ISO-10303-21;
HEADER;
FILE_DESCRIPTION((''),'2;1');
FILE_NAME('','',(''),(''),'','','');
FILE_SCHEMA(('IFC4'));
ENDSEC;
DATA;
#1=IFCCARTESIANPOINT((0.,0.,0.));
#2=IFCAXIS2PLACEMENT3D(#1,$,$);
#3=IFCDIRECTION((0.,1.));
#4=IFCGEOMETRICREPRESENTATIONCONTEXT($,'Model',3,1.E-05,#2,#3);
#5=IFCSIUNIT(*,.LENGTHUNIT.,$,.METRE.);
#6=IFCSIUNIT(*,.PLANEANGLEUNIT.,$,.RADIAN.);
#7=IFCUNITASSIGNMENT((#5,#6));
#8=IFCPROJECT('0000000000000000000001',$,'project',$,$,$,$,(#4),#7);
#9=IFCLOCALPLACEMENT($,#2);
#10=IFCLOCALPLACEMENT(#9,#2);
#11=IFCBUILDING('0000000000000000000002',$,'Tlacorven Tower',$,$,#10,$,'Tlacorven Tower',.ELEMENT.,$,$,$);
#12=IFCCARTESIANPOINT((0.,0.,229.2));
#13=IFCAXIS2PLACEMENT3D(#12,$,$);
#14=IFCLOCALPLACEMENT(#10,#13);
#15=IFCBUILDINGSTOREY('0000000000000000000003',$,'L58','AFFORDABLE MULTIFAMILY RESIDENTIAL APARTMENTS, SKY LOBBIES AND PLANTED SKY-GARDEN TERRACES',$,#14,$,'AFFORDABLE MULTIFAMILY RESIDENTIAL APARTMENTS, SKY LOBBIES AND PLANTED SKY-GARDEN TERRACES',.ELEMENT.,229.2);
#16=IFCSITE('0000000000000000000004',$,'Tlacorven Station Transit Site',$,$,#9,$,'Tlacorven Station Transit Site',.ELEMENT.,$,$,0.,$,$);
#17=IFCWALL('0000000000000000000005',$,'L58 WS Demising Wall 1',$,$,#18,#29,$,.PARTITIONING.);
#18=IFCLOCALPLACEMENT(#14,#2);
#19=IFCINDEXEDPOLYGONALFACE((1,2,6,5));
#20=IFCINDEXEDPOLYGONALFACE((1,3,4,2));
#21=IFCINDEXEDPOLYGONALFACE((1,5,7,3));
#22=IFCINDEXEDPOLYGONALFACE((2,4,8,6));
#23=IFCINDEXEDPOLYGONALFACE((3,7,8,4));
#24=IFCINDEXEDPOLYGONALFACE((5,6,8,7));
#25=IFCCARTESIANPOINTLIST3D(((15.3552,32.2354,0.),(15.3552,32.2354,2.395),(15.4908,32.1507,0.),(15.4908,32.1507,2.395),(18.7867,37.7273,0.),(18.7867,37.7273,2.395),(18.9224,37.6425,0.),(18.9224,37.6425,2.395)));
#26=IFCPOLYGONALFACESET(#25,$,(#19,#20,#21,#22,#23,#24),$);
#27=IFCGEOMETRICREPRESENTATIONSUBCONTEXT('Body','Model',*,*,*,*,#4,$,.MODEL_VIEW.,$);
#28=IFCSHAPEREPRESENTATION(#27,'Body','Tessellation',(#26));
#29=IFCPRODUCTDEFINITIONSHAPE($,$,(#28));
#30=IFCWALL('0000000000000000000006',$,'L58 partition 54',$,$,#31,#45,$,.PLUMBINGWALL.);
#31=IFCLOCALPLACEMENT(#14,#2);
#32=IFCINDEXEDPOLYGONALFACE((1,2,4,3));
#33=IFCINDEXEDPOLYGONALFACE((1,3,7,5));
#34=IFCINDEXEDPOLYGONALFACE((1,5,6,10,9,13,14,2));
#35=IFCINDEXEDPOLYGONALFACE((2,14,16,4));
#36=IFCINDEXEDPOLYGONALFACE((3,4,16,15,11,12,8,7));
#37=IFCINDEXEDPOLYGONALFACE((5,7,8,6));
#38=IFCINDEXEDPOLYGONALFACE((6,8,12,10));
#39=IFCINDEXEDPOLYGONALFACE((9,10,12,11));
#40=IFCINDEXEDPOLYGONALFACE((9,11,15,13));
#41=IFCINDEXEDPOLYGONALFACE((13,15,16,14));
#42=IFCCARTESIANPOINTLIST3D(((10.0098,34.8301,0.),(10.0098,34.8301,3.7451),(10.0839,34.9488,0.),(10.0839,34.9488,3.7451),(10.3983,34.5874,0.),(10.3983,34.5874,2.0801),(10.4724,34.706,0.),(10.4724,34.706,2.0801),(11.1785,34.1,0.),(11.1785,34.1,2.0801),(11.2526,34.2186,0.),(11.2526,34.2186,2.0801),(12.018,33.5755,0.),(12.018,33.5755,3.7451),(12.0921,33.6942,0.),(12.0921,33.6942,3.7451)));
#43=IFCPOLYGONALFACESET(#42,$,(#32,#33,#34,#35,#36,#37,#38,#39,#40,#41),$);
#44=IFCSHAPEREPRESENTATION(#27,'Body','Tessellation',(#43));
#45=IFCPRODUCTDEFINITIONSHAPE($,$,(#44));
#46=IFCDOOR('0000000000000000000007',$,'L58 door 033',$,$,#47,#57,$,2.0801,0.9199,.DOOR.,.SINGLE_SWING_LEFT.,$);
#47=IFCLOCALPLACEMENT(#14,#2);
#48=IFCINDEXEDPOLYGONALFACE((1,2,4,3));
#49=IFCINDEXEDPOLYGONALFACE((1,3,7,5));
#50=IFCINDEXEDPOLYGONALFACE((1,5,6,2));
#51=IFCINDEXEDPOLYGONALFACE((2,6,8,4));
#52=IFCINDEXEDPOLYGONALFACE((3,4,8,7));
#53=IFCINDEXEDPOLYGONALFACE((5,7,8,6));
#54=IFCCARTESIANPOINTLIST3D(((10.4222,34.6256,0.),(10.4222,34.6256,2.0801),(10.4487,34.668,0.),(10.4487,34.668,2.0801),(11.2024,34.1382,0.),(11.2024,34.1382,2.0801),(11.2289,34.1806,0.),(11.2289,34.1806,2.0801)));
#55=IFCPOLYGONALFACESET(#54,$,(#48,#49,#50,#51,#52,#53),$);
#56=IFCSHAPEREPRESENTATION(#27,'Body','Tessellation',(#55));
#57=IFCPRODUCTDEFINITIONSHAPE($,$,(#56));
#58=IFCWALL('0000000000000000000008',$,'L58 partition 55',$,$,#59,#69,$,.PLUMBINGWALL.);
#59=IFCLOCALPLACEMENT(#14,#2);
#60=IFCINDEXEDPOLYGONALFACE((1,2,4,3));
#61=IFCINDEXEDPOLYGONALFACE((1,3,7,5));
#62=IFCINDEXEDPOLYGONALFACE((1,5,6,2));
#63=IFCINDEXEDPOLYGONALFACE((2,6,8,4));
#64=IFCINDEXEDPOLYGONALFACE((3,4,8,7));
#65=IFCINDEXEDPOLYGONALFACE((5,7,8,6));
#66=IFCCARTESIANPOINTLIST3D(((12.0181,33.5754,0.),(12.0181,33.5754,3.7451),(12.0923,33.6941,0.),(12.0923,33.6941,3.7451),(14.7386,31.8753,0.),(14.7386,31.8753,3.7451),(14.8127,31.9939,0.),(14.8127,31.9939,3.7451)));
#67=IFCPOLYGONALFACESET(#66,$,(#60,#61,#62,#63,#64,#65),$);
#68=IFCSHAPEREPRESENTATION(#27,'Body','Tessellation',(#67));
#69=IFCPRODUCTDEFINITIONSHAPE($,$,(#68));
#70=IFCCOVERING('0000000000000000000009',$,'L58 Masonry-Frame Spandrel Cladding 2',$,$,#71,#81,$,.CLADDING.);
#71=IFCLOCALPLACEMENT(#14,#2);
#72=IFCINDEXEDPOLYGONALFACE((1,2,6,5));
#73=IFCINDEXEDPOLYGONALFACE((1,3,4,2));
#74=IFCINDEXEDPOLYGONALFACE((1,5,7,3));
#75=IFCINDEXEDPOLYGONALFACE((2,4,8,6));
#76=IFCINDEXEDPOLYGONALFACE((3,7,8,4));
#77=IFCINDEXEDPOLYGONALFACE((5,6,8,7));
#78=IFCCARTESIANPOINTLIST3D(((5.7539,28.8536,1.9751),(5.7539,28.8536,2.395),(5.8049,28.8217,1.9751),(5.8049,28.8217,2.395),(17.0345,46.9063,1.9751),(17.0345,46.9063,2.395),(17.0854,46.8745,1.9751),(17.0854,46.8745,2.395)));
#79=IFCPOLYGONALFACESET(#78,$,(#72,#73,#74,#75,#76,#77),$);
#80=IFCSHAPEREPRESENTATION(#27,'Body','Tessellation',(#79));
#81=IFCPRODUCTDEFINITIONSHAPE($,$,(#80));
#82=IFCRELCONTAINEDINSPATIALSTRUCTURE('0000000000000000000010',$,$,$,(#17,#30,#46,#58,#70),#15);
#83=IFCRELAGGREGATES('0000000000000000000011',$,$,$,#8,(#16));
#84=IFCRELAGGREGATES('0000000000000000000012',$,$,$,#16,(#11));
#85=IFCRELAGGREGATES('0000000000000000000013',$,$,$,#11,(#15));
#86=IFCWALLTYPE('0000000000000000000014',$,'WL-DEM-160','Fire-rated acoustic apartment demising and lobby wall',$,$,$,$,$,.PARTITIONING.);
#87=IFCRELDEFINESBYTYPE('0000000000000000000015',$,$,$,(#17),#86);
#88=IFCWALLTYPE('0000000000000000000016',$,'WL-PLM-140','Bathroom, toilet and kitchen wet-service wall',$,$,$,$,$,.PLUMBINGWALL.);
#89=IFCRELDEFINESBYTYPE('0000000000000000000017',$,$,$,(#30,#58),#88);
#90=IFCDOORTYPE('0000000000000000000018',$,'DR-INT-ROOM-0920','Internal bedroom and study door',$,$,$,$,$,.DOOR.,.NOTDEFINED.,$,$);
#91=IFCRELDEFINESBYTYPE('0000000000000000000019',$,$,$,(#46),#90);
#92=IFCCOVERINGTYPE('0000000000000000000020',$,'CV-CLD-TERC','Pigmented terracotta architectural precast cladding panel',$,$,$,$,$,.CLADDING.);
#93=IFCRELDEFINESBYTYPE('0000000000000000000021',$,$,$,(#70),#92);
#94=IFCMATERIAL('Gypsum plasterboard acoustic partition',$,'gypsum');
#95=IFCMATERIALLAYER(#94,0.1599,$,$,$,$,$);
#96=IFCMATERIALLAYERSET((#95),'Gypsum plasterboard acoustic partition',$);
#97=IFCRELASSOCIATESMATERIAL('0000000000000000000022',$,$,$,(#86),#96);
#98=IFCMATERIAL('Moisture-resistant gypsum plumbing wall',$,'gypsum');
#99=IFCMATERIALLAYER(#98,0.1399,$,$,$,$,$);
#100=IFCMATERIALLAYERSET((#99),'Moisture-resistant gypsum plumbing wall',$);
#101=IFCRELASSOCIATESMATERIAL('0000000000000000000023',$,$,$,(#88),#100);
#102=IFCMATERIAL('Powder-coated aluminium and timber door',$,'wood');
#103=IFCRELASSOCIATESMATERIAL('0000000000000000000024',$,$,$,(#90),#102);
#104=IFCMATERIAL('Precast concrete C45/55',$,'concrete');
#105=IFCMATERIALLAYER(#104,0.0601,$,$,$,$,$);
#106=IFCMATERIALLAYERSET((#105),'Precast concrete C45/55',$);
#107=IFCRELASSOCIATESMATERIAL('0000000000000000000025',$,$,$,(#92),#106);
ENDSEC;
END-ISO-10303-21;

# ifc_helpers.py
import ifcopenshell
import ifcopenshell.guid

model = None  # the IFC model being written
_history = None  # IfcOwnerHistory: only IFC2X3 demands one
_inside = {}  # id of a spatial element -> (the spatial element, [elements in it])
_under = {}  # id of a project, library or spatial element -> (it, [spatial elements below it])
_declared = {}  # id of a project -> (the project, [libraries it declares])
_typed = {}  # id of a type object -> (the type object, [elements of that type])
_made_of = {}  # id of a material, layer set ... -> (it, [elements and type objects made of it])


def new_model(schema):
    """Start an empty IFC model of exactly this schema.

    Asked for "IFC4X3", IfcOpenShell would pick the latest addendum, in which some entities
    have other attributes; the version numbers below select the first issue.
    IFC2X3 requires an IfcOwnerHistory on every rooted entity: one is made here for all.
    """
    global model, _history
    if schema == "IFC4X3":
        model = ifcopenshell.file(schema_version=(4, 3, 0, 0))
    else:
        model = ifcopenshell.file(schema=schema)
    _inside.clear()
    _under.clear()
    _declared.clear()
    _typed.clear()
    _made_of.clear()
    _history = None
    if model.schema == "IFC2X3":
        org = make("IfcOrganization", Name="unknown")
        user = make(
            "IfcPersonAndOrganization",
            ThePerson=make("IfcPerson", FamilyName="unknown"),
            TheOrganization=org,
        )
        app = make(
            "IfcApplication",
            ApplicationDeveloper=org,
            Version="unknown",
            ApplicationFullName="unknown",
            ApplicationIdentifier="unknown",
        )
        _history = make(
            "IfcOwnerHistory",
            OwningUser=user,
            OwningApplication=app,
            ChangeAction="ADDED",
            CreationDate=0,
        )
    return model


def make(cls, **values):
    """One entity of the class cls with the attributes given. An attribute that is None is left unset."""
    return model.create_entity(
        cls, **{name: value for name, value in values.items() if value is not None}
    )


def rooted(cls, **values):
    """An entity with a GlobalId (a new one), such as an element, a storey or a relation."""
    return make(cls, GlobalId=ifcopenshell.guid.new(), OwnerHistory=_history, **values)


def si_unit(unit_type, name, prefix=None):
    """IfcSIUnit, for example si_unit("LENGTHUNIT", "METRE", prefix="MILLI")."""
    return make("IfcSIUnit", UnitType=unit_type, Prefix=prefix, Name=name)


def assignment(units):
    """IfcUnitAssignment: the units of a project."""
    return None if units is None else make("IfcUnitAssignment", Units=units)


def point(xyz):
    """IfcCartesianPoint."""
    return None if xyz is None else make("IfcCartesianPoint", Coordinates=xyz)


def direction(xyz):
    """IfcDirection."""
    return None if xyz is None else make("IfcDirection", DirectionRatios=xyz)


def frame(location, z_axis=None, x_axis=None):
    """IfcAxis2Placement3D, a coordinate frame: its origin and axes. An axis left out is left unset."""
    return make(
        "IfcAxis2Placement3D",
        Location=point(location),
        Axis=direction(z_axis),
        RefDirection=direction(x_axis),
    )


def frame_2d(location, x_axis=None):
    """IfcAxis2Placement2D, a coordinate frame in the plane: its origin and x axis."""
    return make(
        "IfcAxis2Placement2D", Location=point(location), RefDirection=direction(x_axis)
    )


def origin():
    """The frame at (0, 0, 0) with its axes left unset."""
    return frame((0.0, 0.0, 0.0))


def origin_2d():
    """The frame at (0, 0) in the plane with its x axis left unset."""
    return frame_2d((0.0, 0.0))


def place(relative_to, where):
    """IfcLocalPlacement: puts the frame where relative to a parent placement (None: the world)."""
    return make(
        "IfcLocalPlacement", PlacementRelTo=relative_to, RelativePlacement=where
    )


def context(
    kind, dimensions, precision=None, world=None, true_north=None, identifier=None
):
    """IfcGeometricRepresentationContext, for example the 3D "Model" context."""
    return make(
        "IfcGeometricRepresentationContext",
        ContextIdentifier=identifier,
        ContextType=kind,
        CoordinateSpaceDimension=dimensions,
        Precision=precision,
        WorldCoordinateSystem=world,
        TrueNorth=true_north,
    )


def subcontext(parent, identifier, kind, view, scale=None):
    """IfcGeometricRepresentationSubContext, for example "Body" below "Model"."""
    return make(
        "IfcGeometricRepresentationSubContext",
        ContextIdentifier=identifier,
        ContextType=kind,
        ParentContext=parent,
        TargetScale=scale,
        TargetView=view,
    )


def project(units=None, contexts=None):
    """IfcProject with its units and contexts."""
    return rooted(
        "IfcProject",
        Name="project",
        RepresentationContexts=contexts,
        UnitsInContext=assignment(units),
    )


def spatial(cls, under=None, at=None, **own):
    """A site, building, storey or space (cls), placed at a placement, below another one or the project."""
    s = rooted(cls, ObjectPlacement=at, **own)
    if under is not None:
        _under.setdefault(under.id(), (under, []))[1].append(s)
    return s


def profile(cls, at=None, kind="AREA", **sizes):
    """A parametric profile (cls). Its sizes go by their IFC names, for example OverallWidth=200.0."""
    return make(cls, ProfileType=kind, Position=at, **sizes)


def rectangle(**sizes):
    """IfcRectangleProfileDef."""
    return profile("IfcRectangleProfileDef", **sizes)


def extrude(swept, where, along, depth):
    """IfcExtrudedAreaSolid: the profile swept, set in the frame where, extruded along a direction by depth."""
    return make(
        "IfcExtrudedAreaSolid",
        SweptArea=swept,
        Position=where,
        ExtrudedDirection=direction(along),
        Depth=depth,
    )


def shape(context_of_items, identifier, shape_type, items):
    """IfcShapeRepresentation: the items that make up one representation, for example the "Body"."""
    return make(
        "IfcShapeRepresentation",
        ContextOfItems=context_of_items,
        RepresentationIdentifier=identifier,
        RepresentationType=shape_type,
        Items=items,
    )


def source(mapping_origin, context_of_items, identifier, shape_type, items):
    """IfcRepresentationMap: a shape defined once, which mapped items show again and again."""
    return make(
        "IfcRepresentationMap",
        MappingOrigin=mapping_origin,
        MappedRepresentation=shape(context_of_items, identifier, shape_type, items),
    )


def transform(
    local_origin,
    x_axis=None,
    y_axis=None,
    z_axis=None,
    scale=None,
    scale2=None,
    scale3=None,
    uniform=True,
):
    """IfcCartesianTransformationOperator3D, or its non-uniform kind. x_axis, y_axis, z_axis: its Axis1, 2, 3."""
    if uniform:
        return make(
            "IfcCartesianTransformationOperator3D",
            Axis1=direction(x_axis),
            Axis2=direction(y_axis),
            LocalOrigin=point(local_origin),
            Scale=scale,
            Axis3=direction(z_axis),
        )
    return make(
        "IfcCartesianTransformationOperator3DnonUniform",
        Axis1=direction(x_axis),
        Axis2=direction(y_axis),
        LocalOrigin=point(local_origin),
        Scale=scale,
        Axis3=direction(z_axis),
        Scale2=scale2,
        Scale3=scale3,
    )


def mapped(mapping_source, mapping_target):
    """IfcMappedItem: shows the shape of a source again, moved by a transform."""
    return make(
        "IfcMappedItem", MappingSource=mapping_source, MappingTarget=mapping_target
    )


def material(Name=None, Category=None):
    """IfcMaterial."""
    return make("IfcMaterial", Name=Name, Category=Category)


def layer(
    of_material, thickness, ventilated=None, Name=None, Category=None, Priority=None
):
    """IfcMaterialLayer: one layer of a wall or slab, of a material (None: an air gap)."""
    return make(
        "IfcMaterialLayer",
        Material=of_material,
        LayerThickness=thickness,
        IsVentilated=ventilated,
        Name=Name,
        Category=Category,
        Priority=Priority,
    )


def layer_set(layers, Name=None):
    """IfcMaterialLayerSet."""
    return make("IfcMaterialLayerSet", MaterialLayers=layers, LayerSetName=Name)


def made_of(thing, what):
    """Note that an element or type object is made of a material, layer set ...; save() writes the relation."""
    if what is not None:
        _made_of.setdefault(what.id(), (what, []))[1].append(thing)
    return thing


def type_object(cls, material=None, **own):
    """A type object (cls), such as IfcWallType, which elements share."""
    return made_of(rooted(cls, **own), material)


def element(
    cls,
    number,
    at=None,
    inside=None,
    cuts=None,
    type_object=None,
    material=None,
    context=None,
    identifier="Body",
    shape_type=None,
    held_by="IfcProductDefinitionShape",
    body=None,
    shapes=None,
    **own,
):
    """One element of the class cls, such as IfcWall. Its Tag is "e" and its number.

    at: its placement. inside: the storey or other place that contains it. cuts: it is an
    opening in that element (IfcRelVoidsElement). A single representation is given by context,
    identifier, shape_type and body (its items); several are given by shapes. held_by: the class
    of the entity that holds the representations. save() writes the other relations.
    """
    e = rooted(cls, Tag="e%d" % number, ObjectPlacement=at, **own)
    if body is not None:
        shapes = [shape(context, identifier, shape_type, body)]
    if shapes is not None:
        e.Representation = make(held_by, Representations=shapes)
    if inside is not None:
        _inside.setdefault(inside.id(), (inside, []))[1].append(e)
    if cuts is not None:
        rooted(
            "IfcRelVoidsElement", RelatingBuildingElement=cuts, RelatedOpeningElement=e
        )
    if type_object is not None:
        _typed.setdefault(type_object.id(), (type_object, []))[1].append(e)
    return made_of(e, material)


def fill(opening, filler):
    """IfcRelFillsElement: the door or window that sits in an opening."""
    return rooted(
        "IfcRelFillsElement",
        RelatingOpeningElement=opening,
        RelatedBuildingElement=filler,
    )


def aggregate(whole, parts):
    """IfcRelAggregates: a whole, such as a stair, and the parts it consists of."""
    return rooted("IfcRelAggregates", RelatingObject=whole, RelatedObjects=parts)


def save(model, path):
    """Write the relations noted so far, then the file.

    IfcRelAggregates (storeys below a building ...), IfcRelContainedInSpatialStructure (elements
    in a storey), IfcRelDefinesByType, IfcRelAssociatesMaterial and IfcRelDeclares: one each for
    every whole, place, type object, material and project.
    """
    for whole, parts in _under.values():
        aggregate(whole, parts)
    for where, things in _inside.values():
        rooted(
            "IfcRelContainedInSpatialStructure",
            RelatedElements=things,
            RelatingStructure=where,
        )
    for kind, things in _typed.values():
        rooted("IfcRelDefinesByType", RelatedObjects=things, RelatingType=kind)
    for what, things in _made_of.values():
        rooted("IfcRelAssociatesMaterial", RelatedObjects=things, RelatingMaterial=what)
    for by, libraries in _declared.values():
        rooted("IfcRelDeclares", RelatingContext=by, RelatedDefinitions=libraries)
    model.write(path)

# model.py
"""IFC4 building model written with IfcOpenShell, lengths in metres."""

from ifc_helpers import new_model, si_unit, direction, frame, frame_2d, origin, origin_2d, place, context, subcontext, project, spatial, rectangle, extrude, source, transform, mapped, material, layer, layer_set, type_object, element, fill, save


model = new_model("IFC4")

# Units and contexts
model_context = context("Model", 3, precision=1e-05, world=origin(), true_north=direction((0.0, 1.0)))
body_context = subcontext(model_context, "Body", "Model", "MODEL_VIEW")
ifc_project = project(units=[si_unit("LENGTHUNIT", "METRE"), si_unit("PLANEANGLEUNIT", "RADIAN")], contexts=[model_context])

# Site, building, storey
site_placement = place(None, origin())
site = spatial("IfcSite", under=ifc_project, at=site_placement, Name="Tlacorven Station Transit Site", LongName="Tlacorven Station Transit Site", CompositionType="ELEMENT", RefElevation=0.0)
building_placement = place(site_placement, origin())
building = spatial("IfcBuilding", under=site, at=building_placement, Name="Tlacorven Tower", LongName="Tlacorven Tower", CompositionType="ELEMENT")
storey_placement = place(building_placement, frame((0.0, 0.0, 229.2)))
storey = spatial("IfcBuildingStorey", under=building, at=storey_placement, Name="L58", Description="AFFORDABLE MULTIFAMILY RESIDENTIAL APARTMENTS, SKY LOBBIES AND PLANTED SKY-GARDEN TERRACES", LongName="AFFORDABLE MULTIFAMILY RESIDENTIAL APARTMENTS, SKY LOBBIES AND PLANTED SKY-GARDEN TERRACES", CompositionType="ELEMENT", Elevation=229.2)

# Wall
ifc_material_1 = material(Name="Gypsum plasterboard acoustic partition", Category="gypsum")
ifc_layer_1 = layer(ifc_material_1, 0.1599)
ifc_layer_set_1 = layer_set([ifc_layer_1], Name="Gypsum plasterboard acoustic partition")
wall_type_1 = type_object("IfcWallType", Name="WL-DEM-160", Description="Fire-rated acoustic apartment demising and lobby wall", PredefinedType="PARTITIONING", material=ifc_layer_set_1)
wall_1_placement = place(storey_placement, frame((18.8545, 37.6848, 0.0), z_axis=(0.0, 0.0, 1.0), x_axis=(-0.529907, -0.848055, 0.0)))
element("IfcWall", 1, at=wall_1_placement, inside=storey, type_object=wall_type_1, Name="L58 WS Demising Wall 1", PredefinedType="PARTITIONING", context=body_context, shape_type="SweptSolid", body=[
    extrude(rectangle(XDim=6.4758, YDim=0.1599, at=frame_2d((3.2378, 0.0))), origin(), (0.0, 0.0, 1.0), 2.395),
])

# Wall, opening, door
ifc_material_2 = material(Name="Moisture-resistant gypsum plumbing wall", Category="gypsum")
ifc_layer_2 = layer(ifc_material_2, 0.1399)
ifc_layer_set_2 = layer_set([ifc_layer_2], Name="Moisture-resistant gypsum plumbing wall")
wall_type_2 = type_object("IfcWallType", Name="WL-PLM-140", Description="Bathroom, toilet and kitchen wet-service wall", PredefinedType="PLUMBINGWALL", material=ifc_layer_set_2)
wall_2_placement = place(storey_placement, frame((12.0552, 33.6348, 0.0), z_axis=(0.0, 0.0, 1.0), x_axis=(-0.848103, 0.529832, 0.0)))
wall_2 = element("IfcWall", 2, at=wall_2_placement, inside=storey, type_object=wall_type_2, Name="L58 partition 54", PredefinedType="PLUMBINGWALL", context=body_context, shape_type="SweptSolid", body=[
    extrude(rectangle(XDim=2.3679, YDim=0.1399, at=frame_2d((1.1841, 0.0))), origin(), (0.0, 0.0, 1.0), 3.7451),
])
opening_placement = place(wall_2_placement, frame((0.99, 0.0, 0.0)))
opening = element("IfcOpeningElement", 3, at=opening_placement, cuts=wall_2, PredefinedType="OPENING", context=body_context, shape_type="SweptSolid", body=[
    extrude(rectangle(XDim=0.9199, YDim=2.0801, at=frame_2d((0.46, 1.04))), frame((0.0, 0.0801, 0.0), z_axis=(0.0, -1.0, 0.0), x_axis=(1.0, 0.0, 0.0)), (0.0, 0.0, 1.0), 0.1599),
])
ifc_material_3 = material(Name="Powder-coated aluminium and timber door", Category="wood")
door_type = type_object("IfcDoorType", Name="DR-INT-ROOM-0920", Description="Internal bedroom and study door", OperationType="NOTDEFINED", PredefinedType="DOOR", material=ifc_material_3)
shared_shape_1 = source(origin(), body_context, "Body", "SweptSolid", [
    extrude(rectangle(XDim=0.9199, YDim=2.0801, at=frame_2d((0.46, 1.04))), frame((0.0, 0.0249, 0.0), z_axis=(0.0, -1.0, 0.0), x_axis=(1.0, 0.0, 0.0)), (0.0, 0.0, 1.0), 0.05),
])
door_placement = place(opening_placement, origin())
door = element("IfcDoor", 4, at=door_placement, inside=storey, type_object=door_type, Name="L58 door 033", OperationType="SINGLE_SWING_LEFT", OverallHeight=2.0801, OverallWidth=0.9199, PredefinedType="DOOR", context=body_context, shape_type="MappedRepresentation", body=[
    mapped(shared_shape_1, transform((0.0, 0.0, 0.0), scale=1.0)),
])
fill(opening, door)

# Wall
wall_3_placement = place(storey_placement, frame((14.7756, 31.9346, 0.0), z_axis=(0.0, 0.0, 1.0), x_axis=(-0.848011, 0.529978, 0.0)))
element("IfcWall", 5, at=wall_3_placement, inside=storey, type_object=wall_type_2, Name="L58 partition 55", PredefinedType="PLUMBINGWALL", context=body_context, shape_type="SweptSolid", body=[
    extrude(rectangle(XDim=3.208, YDim=0.1399, at=frame_2d((1.604, 0.0))), origin(), (0.0, 0.0, 1.0), 3.7451),
])

# Covering
ifc_material_4 = material(Name="Precast concrete C45/55", Category="concrete")
ifc_layer_3 = layer(ifc_material_4, 0.0601)
ifc_layer_set_3 = layer_set([ifc_layer_3], Name="Precast concrete C45/55")
covering_type = type_object("IfcCoveringType", Name="CV-CLD-TERC", Description="Pigmented terracotta architectural precast cladding panel", PredefinedType="CLADDING", material=ifc_layer_set_3)
shared_shape_2 = source(origin(), body_context, "Body", "SweptSolid", [
    extrude(rectangle(XDim=21.2874, YDim=0.0601, at=origin_2d()), origin(), (0.0, 0.0, 1.0), 0.4199),
])
covering_placement = place(storey_placement, frame((11.4197, 37.864, 1.9751), z_axis=(0.0, 0.0, 1.0), x_axis=(0.529919, 0.848048, 0.0)))
element("IfcCovering", 6, at=covering_placement, inside=storey, type_object=covering_type, Name="L58 Masonry-Frame Spandrel Cladding 2", PredefinedType="CLADDING", context=body_context, shape_type="MappedRepresentation", body=[
    mapped(shared_shape_2, transform((0.0, 0.0, 0.0), scale=1.0)),
])

save(model, "model.ifc")
